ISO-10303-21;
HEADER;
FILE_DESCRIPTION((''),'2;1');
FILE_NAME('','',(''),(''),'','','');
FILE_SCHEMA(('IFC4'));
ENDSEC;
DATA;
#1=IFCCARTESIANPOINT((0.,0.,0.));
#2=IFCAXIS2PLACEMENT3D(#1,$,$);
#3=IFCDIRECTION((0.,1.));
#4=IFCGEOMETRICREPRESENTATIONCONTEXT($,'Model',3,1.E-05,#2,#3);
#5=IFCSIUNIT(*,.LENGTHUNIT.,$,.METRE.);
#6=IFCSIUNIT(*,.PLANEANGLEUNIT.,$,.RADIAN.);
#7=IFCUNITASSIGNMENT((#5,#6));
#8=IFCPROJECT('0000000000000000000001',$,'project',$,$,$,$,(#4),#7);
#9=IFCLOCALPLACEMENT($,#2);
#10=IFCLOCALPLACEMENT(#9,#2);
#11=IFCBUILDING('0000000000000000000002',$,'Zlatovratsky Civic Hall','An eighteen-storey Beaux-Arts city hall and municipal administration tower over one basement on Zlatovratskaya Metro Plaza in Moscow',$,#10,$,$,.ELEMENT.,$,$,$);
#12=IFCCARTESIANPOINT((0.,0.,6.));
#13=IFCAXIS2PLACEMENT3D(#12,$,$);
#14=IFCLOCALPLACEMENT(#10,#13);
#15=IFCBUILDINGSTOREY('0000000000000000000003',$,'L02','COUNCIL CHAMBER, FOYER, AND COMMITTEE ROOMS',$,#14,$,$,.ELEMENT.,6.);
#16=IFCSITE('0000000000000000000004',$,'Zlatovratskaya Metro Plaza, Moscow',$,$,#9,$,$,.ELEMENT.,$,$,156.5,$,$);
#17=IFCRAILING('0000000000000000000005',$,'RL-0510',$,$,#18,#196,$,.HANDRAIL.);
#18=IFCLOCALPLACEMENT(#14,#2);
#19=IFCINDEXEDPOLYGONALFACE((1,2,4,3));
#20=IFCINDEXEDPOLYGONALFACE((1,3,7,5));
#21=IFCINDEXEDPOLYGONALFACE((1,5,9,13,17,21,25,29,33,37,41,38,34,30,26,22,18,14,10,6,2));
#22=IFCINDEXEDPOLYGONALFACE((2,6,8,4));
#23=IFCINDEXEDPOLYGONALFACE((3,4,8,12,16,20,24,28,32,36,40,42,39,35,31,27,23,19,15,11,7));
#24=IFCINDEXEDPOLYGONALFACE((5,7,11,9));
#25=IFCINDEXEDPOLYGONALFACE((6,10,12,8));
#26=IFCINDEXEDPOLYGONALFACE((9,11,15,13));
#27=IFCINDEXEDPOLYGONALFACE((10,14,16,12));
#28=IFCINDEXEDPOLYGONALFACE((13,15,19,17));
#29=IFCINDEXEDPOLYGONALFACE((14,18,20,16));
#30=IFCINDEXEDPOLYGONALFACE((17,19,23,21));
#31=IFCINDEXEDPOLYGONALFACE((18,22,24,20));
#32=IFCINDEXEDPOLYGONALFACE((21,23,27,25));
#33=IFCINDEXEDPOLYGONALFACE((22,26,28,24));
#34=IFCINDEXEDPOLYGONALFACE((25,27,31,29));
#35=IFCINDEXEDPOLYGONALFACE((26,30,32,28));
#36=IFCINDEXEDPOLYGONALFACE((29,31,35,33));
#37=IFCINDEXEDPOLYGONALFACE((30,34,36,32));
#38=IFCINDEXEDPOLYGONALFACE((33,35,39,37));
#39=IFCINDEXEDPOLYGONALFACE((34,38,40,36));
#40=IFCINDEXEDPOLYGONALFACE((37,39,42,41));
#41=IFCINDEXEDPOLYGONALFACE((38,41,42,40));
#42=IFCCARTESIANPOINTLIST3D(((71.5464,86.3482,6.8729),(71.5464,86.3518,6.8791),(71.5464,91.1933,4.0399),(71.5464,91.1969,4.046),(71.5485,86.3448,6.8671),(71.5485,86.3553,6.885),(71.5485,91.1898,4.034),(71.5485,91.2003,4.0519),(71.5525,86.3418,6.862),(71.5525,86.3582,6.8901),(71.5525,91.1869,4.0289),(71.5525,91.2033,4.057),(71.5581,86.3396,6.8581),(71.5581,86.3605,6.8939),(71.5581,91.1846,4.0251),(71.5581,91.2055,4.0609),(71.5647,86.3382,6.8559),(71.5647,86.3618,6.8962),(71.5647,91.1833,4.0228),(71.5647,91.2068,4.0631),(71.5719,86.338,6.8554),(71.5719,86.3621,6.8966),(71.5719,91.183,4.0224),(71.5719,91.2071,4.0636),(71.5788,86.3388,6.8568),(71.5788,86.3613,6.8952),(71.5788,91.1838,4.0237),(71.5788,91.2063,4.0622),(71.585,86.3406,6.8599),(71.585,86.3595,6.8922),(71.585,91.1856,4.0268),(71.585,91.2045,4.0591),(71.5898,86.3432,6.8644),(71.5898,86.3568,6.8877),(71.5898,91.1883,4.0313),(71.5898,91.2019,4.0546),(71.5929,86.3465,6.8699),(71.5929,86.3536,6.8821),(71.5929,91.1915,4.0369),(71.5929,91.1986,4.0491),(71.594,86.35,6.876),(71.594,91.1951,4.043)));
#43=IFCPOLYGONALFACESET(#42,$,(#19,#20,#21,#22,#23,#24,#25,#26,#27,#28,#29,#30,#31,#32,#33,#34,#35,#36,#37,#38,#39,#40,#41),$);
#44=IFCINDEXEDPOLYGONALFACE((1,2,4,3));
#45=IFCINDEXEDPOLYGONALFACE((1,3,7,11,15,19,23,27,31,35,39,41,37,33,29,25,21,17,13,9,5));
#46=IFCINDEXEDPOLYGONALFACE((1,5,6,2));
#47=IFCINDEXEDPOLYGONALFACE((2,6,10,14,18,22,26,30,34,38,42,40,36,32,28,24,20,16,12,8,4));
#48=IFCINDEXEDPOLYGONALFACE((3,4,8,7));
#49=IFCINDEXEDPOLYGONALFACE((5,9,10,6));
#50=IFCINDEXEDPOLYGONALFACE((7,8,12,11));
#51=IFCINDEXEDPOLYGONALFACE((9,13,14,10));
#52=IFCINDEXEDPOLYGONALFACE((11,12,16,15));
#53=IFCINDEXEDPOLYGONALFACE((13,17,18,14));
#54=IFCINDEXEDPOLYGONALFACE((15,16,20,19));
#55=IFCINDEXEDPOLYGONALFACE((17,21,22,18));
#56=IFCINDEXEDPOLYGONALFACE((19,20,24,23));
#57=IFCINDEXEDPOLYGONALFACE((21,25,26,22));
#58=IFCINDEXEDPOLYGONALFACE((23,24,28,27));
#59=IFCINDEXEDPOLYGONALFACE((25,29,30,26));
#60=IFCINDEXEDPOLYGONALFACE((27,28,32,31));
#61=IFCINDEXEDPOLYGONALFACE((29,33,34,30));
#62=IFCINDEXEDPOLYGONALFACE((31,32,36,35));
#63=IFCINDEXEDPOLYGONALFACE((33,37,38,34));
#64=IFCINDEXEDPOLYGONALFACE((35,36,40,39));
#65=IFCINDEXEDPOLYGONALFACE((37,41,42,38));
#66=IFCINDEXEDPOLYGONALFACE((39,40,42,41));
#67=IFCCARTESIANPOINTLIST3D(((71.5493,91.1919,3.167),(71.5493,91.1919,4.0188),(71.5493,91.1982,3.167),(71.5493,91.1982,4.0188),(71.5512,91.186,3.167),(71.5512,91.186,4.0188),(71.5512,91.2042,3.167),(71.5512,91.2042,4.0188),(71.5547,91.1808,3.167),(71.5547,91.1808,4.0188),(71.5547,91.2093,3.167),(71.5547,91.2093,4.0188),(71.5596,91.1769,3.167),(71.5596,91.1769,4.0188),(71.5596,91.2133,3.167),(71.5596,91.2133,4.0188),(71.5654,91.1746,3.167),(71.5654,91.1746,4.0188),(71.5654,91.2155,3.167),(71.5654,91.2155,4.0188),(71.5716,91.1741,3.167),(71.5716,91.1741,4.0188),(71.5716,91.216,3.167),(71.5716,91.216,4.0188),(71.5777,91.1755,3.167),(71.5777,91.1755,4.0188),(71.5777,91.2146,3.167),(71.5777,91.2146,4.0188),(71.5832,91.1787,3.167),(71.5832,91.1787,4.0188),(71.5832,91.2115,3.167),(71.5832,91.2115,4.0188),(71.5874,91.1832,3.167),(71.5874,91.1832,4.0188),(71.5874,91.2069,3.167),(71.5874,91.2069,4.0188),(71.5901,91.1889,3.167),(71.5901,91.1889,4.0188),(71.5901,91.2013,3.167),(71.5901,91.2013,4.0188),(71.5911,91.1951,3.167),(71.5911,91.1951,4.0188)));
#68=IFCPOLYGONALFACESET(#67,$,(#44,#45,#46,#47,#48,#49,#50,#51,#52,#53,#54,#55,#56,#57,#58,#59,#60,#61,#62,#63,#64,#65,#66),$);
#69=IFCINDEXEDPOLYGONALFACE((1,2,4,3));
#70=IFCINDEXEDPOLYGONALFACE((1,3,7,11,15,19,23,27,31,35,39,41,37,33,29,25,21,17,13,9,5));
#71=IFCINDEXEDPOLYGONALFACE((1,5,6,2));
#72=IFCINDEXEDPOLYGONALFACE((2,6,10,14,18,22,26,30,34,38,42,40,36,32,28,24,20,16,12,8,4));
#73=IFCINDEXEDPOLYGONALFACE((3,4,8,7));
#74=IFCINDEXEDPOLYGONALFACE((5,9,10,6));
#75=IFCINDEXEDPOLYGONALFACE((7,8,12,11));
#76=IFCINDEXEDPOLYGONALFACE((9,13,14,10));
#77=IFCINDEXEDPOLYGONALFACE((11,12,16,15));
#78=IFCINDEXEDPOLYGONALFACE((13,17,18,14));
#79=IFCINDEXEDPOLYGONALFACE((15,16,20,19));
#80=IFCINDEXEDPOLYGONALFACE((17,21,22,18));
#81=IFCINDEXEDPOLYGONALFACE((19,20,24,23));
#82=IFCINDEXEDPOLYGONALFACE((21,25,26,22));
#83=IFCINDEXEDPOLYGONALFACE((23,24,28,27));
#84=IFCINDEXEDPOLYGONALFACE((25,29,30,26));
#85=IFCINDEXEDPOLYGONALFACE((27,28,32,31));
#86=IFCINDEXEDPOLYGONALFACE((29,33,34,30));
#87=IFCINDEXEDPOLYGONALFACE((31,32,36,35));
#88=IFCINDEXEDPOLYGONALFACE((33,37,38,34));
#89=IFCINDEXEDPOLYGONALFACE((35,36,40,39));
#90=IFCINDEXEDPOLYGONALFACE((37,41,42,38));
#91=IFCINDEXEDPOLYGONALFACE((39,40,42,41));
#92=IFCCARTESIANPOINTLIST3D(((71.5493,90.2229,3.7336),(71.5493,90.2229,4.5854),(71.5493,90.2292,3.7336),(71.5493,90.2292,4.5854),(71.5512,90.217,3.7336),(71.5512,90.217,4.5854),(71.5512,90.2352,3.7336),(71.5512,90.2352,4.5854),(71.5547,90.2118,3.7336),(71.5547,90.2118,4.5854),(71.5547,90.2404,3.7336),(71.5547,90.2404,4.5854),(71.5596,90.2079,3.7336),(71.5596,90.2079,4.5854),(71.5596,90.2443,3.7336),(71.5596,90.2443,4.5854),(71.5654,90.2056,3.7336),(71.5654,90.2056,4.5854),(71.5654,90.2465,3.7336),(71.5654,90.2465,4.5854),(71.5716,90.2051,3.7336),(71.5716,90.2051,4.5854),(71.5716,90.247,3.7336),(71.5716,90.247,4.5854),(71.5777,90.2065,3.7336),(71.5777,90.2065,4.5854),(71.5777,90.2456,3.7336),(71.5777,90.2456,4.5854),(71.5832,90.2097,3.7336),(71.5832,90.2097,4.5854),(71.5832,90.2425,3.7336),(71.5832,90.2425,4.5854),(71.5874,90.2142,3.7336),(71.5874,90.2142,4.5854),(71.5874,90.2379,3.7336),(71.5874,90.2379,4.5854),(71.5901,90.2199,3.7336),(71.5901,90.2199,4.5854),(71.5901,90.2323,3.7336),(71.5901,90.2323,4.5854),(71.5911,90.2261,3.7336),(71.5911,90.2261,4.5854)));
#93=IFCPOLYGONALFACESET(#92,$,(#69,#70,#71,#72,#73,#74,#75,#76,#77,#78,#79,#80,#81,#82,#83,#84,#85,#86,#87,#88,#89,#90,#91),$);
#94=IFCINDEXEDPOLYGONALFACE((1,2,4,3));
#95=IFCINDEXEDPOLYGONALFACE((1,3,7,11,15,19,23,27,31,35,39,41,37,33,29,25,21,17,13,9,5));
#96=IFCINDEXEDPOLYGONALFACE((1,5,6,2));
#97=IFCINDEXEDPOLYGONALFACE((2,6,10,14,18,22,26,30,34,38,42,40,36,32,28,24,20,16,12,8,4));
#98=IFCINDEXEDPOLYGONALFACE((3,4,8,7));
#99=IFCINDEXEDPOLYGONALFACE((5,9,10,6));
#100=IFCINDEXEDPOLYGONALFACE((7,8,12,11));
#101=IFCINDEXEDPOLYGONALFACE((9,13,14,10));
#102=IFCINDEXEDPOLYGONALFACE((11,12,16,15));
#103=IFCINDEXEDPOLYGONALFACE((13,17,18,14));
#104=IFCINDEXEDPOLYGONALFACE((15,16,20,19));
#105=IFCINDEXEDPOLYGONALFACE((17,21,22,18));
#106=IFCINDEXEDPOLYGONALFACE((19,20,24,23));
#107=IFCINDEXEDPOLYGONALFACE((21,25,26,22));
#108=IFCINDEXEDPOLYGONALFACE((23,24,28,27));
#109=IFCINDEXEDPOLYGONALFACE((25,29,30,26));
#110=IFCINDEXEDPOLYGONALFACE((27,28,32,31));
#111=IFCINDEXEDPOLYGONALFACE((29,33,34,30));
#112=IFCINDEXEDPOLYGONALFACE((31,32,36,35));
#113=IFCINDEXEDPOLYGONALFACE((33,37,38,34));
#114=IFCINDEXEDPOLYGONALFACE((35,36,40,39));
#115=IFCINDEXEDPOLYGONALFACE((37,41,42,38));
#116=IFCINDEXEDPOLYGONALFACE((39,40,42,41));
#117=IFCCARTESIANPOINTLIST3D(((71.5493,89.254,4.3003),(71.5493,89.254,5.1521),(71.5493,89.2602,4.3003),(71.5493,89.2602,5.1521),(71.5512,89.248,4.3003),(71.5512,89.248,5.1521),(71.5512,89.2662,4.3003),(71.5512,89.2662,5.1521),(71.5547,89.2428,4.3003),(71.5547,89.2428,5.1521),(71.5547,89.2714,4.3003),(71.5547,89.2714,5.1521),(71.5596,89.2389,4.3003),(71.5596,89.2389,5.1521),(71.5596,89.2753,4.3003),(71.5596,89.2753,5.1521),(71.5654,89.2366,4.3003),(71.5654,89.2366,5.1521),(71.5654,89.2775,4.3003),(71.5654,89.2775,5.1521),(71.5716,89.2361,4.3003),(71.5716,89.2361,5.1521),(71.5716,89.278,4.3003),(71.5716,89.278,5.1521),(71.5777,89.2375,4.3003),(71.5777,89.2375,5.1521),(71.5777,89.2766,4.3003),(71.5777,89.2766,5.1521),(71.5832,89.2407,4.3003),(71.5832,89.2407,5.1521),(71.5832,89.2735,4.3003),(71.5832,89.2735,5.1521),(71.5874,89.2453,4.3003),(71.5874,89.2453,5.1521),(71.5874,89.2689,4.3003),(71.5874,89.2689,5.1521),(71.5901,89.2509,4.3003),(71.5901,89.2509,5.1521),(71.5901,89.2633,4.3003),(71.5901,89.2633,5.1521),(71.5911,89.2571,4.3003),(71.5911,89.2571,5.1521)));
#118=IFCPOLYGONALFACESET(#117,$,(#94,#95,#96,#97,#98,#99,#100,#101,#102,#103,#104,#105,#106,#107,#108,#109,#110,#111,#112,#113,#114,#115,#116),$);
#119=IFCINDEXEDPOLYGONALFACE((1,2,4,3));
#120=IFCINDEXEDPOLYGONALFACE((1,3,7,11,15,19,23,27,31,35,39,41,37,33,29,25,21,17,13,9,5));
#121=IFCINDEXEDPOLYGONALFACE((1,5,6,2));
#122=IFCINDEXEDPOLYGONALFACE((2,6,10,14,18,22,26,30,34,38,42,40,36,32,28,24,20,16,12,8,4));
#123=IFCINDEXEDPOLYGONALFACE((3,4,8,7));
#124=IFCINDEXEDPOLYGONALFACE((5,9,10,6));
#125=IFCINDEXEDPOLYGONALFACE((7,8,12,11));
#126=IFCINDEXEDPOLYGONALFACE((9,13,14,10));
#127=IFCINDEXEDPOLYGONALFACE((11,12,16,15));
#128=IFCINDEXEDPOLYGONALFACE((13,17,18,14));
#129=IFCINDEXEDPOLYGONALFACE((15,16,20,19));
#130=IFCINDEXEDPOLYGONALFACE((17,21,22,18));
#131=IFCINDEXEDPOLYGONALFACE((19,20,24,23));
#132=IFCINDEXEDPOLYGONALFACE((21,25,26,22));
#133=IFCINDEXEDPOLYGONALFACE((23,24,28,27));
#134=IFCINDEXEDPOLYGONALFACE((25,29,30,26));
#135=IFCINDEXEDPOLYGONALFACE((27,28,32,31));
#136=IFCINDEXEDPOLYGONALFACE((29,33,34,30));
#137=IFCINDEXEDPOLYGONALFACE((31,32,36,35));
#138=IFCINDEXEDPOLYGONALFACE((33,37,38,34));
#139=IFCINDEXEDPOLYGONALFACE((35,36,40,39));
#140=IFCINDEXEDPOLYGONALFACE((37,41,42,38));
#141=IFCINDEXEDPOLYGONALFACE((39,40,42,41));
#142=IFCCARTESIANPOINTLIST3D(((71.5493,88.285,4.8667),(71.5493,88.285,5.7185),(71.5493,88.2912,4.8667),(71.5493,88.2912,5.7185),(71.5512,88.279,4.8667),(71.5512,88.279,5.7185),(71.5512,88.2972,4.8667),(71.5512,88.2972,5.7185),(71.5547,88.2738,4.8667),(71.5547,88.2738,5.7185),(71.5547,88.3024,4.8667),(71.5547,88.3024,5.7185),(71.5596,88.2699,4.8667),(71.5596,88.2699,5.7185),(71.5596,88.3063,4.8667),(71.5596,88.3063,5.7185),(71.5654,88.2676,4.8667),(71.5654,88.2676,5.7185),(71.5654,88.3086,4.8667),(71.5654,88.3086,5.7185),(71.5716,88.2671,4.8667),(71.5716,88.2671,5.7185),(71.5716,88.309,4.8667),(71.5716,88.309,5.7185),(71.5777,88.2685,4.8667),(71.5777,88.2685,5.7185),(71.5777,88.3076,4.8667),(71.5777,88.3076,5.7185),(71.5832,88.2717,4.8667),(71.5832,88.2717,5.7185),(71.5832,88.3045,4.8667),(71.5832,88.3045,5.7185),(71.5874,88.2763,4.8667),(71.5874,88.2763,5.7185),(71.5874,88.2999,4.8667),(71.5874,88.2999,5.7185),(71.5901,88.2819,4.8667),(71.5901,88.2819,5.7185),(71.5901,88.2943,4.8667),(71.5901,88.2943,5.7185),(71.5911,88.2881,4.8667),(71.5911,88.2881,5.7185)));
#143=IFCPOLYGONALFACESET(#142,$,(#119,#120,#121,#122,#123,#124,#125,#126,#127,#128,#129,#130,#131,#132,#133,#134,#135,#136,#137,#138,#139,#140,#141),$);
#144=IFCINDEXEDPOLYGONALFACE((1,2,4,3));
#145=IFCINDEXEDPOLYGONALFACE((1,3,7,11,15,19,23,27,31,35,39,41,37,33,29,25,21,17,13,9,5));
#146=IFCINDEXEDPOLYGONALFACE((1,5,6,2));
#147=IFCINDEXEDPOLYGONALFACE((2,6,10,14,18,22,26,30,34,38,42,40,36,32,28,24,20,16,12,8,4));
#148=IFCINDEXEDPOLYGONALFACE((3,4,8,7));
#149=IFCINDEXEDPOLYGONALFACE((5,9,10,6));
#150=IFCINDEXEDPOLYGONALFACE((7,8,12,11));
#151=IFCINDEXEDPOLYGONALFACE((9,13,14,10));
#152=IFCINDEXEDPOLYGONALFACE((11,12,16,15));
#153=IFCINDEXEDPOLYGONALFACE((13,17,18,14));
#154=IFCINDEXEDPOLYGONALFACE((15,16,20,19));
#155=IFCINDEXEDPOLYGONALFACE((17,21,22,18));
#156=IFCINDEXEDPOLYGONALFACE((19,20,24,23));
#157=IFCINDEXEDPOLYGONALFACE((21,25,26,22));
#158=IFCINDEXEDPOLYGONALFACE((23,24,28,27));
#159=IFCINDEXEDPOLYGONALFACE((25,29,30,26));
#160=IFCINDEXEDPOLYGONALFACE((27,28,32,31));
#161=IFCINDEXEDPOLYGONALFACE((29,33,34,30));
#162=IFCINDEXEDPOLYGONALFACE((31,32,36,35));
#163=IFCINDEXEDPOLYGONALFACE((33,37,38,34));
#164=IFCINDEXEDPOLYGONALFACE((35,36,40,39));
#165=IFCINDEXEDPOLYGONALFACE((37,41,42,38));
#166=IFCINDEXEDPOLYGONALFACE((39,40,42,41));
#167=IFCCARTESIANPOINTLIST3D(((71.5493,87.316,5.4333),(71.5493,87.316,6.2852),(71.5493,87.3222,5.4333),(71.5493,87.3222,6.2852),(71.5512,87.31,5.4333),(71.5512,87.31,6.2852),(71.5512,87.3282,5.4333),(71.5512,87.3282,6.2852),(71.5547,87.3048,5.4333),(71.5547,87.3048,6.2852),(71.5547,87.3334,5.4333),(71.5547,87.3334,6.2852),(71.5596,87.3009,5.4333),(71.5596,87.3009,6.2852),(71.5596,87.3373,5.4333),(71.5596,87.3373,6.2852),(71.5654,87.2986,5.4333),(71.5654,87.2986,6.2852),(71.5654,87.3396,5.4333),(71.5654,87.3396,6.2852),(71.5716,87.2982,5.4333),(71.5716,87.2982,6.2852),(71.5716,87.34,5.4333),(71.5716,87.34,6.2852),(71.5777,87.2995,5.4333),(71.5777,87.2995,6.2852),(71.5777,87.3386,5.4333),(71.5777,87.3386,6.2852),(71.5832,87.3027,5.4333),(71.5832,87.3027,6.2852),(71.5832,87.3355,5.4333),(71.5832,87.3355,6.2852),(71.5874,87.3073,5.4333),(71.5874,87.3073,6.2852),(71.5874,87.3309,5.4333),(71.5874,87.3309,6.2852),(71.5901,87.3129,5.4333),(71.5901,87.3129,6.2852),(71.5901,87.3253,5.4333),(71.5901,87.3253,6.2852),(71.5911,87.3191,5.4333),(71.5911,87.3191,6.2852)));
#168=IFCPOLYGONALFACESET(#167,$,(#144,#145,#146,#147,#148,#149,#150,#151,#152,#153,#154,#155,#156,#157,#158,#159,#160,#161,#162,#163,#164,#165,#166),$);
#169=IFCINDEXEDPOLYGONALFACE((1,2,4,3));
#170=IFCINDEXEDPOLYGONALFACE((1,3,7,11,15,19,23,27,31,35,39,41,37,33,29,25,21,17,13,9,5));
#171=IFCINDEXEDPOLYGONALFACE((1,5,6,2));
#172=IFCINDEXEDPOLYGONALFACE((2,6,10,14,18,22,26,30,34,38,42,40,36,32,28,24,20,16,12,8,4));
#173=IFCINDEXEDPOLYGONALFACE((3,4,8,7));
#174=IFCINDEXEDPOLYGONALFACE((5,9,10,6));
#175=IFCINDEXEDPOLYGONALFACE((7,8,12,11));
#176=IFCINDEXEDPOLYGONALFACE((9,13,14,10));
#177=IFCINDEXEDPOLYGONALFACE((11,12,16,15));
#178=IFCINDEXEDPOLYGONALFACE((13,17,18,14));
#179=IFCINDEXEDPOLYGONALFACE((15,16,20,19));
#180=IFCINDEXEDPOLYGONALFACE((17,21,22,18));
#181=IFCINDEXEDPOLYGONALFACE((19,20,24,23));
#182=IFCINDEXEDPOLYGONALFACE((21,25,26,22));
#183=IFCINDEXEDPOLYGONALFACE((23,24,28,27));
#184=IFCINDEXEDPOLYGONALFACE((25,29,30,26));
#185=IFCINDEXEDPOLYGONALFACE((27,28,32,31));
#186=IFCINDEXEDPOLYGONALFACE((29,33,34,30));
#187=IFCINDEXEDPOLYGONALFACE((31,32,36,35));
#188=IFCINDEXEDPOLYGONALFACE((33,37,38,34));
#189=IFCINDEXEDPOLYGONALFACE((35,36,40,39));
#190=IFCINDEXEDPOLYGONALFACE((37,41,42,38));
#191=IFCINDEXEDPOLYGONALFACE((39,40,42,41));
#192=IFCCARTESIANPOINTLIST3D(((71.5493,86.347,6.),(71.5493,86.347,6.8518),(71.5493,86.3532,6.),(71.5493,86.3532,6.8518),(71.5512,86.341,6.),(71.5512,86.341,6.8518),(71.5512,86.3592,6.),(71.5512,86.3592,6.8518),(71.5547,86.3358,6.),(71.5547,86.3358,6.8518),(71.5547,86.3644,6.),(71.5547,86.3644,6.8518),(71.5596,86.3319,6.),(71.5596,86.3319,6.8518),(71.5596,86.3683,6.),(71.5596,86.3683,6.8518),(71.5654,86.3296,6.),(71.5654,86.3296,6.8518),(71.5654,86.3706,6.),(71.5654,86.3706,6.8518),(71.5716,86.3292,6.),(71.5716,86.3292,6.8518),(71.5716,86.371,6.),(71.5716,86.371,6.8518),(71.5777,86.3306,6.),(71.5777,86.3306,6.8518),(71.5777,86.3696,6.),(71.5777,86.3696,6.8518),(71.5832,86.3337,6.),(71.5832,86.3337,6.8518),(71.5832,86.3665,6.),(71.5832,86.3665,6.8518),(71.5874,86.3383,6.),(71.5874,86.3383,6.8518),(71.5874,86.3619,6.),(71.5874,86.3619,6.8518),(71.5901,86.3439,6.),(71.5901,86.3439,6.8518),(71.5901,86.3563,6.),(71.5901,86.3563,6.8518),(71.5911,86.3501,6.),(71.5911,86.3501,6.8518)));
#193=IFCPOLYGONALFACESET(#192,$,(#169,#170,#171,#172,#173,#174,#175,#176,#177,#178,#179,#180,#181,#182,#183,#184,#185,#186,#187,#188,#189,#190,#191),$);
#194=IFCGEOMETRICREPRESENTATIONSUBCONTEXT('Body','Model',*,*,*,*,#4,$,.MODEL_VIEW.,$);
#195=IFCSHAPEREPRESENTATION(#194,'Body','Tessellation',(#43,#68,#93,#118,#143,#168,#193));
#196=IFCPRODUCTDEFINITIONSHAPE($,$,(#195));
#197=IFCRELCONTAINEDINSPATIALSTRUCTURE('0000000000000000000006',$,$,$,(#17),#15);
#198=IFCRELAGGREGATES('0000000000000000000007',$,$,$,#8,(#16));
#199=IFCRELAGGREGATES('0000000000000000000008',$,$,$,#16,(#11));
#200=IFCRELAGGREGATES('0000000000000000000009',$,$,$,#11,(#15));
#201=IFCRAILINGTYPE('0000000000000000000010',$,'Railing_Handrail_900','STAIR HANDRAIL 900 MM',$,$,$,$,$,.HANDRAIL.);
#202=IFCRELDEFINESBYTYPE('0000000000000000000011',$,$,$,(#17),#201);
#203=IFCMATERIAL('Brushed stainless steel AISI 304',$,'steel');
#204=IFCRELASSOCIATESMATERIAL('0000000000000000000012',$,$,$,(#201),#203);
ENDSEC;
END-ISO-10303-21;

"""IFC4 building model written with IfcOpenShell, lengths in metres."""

from ifc_helpers import new_model, si_unit, direction, frame, origin, origin_2d, place, context, subcontext, project, spatial, circle, extrude, material, type_object, element, save


model = new_model("IFC4")

# Units and contexts
model_context = context("Model", 3, precision=1e-05, world=origin(), true_north=direction((0.0, 1.0)))
body_context = subcontext(model_context, "Body", "Model", "MODEL_VIEW")
ifc_project = project(units=[si_unit("LENGTHUNIT", "METRE"), si_unit("PLANEANGLEUNIT", "RADIAN")], contexts=[model_context])

# Site, building, storey
site_placement = place(None, origin())
site = spatial("IfcSite", under=ifc_project, at=site_placement, Name="Zlatovratskaya Metro Plaza, Moscow", CompositionType="ELEMENT", RefElevation=156.5)
building_placement = place(site_placement, origin())
building = spatial("IfcBuilding", under=site, at=building_placement, Name="Zlatovratsky Civic Hall", Description="An eighteen-storey Beaux-Arts city hall and municipal administration tower over one basement on Zlatovratskaya Metro Plaza in Moscow", CompositionType="ELEMENT")
storey_placement = place(building_placement, frame((0.0, 0.0, 6.0)))
storey = spatial("IfcBuildingStorey", under=building, at=storey_placement, Name="L02", Description="COUNCIL CHAMBER, FOYER, AND COMMITTEE ROOMS", CompositionType="ELEMENT", Elevation=6.0)

# Railing
ifc_material_1 = material(Name="Brushed stainless steel AISI 304", Category="steel")
railing_type_1 = type_object("IfcRailingType", Name="Railing_Handrail_900", Description="STAIR HANDRAIL 900 MM", PredefinedType="HANDRAIL", material=ifc_material_1)
railing_1_placement = place(storey_placement, frame((71.5701, 91.1951, 3.167)))
element("IfcRailing", 1, at=railing_1_placement, inside=storey, type_object=railing_type_1, Name="RL-0510", PredefinedType="HANDRAIL", context=body_context, shape_type="SweptSolid", body=[
    extrude(circle(Radius=0.0239, at=origin_2d()), frame((0.0, 0.0, 0.876), z_axis=(0.0, -0.863253, 0.504771), x_axis=(1.0, 0.0, 0.0)), (0.0, 0.0, 1.0), 5.6125),
    extrude(circle(Radius=0.021, at=origin_2d()), origin(), (0.0, 0.0, 1.0), 0.8518),
    extrude(circle(Radius=0.021, at=origin_2d()), frame((0.0, -0.969, 0.5667)), (0.0, 0.0, 1.0), 0.8518),
    extrude(circle(Radius=0.021, at=origin_2d()), frame((0.0, -1.938, 1.1333)), (0.0, 0.0, 1.0), 0.8518),
    extrude(circle(Radius=0.021, at=origin_2d()), frame((0.0, -2.907, 1.6997)), (0.0, 0.0, 1.0), 0.8518),
    extrude(circle(Radius=0.021, at=origin_2d()), frame((0.0, -3.876, 2.2664)), (0.0, 0.0, 1.0), 0.8518),
    extrude(circle(Radius=0.021, at=origin_2d()), frame((0.0, -4.845, 2.833)), (0.0, 0.0, 1.0), 0.8518),
])

save(model, "model.ifc")
